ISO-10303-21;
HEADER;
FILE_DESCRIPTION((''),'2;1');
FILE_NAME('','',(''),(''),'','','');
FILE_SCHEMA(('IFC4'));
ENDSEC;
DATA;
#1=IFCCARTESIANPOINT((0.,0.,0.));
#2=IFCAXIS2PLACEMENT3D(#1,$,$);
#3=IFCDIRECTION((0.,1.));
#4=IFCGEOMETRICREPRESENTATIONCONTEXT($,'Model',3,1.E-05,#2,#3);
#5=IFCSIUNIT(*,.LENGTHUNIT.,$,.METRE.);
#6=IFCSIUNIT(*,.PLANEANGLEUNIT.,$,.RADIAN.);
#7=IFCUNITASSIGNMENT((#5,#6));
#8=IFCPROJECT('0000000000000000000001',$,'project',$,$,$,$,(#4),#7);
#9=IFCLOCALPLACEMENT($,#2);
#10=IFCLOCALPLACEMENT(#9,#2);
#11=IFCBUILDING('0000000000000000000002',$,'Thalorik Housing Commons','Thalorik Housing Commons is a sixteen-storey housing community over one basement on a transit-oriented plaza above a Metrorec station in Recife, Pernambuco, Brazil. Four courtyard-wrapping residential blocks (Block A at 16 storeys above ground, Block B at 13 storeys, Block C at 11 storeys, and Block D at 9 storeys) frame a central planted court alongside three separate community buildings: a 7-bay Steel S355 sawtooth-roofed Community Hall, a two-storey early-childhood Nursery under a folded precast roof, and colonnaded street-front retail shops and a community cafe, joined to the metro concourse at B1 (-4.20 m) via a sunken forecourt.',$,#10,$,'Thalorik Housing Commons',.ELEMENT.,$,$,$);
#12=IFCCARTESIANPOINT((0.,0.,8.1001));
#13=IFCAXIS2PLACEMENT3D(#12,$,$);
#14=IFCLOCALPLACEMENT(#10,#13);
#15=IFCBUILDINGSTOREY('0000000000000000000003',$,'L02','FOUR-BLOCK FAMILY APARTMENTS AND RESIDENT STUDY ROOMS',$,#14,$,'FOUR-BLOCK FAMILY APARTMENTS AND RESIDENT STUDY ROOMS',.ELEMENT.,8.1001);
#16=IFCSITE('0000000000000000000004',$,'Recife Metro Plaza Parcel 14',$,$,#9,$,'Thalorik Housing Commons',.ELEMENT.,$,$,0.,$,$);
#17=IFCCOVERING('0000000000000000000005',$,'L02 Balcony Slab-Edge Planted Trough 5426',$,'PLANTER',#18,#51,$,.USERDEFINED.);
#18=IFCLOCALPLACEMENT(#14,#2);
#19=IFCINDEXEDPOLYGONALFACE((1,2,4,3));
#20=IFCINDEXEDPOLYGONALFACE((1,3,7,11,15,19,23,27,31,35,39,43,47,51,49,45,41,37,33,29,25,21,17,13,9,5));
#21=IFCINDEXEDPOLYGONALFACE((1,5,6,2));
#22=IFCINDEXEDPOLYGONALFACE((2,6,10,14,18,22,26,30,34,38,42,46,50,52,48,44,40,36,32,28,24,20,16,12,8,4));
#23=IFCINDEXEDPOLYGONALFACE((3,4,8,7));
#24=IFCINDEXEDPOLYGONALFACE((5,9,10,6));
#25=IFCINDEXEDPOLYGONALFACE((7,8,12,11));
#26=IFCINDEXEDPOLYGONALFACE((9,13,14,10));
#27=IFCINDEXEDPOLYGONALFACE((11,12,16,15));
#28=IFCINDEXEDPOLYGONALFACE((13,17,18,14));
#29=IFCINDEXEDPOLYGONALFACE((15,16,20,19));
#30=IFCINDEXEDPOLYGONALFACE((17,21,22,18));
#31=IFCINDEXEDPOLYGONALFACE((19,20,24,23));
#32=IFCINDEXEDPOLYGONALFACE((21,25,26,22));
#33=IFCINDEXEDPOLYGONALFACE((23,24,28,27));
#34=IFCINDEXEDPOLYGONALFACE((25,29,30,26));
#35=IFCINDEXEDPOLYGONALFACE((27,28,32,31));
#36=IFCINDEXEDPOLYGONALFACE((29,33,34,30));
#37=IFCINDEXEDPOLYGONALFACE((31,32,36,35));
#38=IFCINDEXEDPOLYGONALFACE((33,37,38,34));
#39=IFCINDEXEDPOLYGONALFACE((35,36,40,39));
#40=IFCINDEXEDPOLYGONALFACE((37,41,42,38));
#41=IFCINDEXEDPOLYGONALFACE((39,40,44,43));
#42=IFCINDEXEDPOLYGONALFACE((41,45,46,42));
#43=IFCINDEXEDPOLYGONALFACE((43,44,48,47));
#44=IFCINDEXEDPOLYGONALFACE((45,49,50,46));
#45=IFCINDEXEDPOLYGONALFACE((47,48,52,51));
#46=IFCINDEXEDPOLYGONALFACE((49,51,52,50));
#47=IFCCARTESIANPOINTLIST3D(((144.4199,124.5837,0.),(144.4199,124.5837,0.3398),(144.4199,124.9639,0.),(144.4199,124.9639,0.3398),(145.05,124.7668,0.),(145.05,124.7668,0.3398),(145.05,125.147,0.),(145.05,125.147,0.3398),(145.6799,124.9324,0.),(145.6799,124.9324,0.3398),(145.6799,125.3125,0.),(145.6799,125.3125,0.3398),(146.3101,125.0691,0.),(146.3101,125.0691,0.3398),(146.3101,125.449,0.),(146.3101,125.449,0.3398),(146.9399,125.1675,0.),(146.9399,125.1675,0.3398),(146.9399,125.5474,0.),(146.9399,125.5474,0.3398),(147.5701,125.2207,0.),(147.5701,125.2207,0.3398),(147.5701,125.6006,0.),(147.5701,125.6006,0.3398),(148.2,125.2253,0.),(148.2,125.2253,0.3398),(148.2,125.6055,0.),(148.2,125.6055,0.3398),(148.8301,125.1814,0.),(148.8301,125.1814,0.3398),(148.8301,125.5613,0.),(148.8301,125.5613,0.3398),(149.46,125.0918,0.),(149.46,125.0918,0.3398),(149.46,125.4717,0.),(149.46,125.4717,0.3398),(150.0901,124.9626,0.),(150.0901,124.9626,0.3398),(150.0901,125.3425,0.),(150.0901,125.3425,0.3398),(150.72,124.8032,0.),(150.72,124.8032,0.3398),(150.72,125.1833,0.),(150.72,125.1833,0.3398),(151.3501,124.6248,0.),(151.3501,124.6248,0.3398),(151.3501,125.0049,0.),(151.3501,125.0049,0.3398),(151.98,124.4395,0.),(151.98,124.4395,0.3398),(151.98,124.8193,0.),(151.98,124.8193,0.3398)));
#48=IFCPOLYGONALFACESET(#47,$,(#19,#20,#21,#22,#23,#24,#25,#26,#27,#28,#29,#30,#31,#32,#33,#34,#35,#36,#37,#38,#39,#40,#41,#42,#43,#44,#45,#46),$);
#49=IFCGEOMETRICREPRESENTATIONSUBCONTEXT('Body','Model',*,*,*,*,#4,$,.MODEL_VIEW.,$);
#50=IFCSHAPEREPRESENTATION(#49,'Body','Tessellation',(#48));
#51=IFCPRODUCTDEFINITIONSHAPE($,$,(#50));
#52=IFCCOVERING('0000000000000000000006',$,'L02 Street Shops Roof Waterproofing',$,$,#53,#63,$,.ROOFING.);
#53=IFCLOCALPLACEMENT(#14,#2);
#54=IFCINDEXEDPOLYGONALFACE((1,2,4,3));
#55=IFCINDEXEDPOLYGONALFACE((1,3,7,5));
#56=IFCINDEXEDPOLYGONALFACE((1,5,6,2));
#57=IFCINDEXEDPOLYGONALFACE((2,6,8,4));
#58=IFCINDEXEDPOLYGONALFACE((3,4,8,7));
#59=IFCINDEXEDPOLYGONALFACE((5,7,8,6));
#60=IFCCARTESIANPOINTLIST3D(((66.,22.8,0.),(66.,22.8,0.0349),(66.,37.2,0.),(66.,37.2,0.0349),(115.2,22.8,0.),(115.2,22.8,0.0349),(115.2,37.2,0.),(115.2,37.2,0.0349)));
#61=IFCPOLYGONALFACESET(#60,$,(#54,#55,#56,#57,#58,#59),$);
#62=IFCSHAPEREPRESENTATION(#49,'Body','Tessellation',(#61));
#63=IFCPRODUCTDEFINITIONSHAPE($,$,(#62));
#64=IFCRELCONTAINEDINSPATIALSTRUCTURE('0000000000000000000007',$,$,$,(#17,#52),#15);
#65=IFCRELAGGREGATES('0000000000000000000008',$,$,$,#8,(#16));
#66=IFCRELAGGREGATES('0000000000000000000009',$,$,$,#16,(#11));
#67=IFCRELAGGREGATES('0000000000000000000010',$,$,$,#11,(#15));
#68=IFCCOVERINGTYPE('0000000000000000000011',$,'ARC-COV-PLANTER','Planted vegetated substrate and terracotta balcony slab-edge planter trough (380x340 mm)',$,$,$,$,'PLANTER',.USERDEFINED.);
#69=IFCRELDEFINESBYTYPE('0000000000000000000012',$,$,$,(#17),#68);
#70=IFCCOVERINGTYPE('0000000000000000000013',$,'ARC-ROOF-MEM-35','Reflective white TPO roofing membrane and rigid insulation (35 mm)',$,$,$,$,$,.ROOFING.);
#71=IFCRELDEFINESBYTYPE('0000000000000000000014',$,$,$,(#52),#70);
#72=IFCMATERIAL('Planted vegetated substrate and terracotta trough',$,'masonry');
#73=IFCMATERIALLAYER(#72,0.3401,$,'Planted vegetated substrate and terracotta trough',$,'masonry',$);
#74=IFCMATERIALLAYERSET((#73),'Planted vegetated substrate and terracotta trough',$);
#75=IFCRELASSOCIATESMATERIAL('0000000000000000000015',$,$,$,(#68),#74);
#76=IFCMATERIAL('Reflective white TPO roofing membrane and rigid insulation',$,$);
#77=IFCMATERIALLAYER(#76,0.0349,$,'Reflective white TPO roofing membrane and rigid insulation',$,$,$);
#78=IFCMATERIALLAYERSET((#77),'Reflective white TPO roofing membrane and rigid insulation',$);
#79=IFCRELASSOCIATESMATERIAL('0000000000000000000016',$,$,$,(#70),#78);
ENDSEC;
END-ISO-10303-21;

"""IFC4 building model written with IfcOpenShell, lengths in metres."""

from ifc_helpers import new_model, si_unit, direction, frame, origin, place, context, subcontext, project, spatial, polyline, outline, extrude, material, layer, layer_set, type_object, element, save


model = new_model("IFC4")

# Units and contexts
model_context = context("Model", 3, precision=1e-05, world=origin(), true_north=direction((0.0, 1.0)))
body_context = subcontext(model_context, "Body", "Model", "MODEL_VIEW")
ifc_project = project(units=[si_unit("LENGTHUNIT", "METRE"), si_unit("PLANEANGLEUNIT", "RADIAN")], contexts=[model_context])

# Site, building, storey
site_placement = place(None, origin())
site = spatial("IfcSite", under=ifc_project, at=site_placement, Name="Recife Metro Plaza Parcel 14", LongName="Thalorik Housing Commons", CompositionType="ELEMENT", RefElevation=0.0)
building_placement = place(site_placement, origin())
building = spatial("IfcBuilding", under=site, at=building_placement, Name="Thalorik Housing Commons", Description="Thalorik Housing Commons is a sixteen-storey housing community over one basement on a transit-oriented plaza above a Metrorec station in Recife, Pernambuco, Brazil. Four courtyard-wrapping residential blocks (Block A at 16 storeys above ground, Block B at 13 storeys, Block C at 11 storeys, and Block D at 9 storeys) frame a central planted court alongside three separate community buildings: a 7-bay Steel S355 sawtooth-roofed Community Hall, a two-storey early-childhood Nursery under a folded precast roof, and colonnaded street-front retail shops and a community cafe, joined to the metro concourse at B1 (-4.20 m) via a sunken forecourt.", LongName="Thalorik Housing Commons", CompositionType="ELEMENT")
storey_placement = place(building_placement, frame((0.0, 0.0, 8.1001)))
storey = spatial("IfcBuildingStorey", under=building, at=storey_placement, Name="L02", Description="FOUR-BLOCK FAMILY APARTMENTS AND RESIDENT STUDY ROOMS", LongName="FOUR-BLOCK FAMILY APARTMENTS AND RESIDENT STUDY ROOMS", CompositionType="ELEMENT", Elevation=8.1001)

# Coverings
ifc_material_1 = material(Name="Planted vegetated substrate and terracotta trough", Category="masonry")
ifc_layer_1 = layer(ifc_material_1, 0.3401, Name="Planted vegetated substrate and terracotta trough", Category="masonry")
ifc_layer_set_1 = layer_set([ifc_layer_1], Name="Planted vegetated substrate and terracotta trough")
covering_type_1 = type_object("IfcCoveringType", Name="ARC-COV-PLANTER", Description="Planted vegetated substrate and terracotta balcony slab-edge planter trough (380x340 mm)", ElementType="PLANTER", PredefinedType="USERDEFINED", material=ifc_layer_set_1)
covering_1_placement = place(storey_placement, origin())
element("IfcCovering", 1, at=covering_1_placement, inside=storey, type_object=covering_type_1, Name="L02 Balcony Slab-Edge Planted Trough 5426", ObjectType="PLANTER", PredefinedType="USERDEFINED", context=body_context, shape_type="SweptSolid", body=[
    extrude(outline(polyline([(151.98, 124.8193), (151.3501, 125.0049), (150.72, 125.1833), (150.0901, 125.3425), (149.46, 125.4717), (148.8301, 125.5613), (148.2, 125.6055), (147.5701, 125.6006), (146.9399, 125.5474), (146.3101, 125.449), (145.6799, 125.3125), (145.05, 125.147), (144.4199, 124.9639), (144.4199, 124.5837), (145.05, 124.7668), (145.6799, 124.9324), (146.3101, 125.0691), (146.9399, 125.1675), (147.5701, 125.2207), (148.2, 125.2253), (148.8301, 125.1814), (149.46, 125.0918), (150.0901, 124.9626), (150.72, 124.8032), (151.3501, 124.6248), (151.98, 124.4395), (151.98, 124.8193)])), origin(), (0.0, 0.0, 1.0), 0.3398),
])
ifc_material_2 = material(Name="Reflective white TPO roofing membrane and rigid insulation")
ifc_layer_2 = layer(ifc_material_2, 0.0349, Name="Reflective white TPO roofing membrane and rigid insulation")
ifc_layer_set_2 = layer_set([ifc_layer_2], Name="Reflective white TPO roofing membrane and rigid insulation")
covering_type_2 = type_object("IfcCoveringType", Name="ARC-ROOF-MEM-35", Description="Reflective white TPO roofing membrane and rigid insulation (35 mm)", PredefinedType="ROOFING", material=ifc_layer_set_2)
covering_2_placement = place(storey_placement, origin())
element("IfcCovering", 2, at=covering_2_placement, inside=storey, type_object=covering_type_2, Name="L02 Street Shops Roof Waterproofing", PredefinedType="ROOFING", context=body_context, shape_type="SweptSolid", body=[
    extrude(outline(polyline([(66.0, 22.8), (115.2, 22.8), (115.2, 37.2), (66.0, 37.2), (66.0, 22.8)])), origin(), (0.0, 0.0, 1.0), 0.0349),
])

save(model, "model.ifc")
